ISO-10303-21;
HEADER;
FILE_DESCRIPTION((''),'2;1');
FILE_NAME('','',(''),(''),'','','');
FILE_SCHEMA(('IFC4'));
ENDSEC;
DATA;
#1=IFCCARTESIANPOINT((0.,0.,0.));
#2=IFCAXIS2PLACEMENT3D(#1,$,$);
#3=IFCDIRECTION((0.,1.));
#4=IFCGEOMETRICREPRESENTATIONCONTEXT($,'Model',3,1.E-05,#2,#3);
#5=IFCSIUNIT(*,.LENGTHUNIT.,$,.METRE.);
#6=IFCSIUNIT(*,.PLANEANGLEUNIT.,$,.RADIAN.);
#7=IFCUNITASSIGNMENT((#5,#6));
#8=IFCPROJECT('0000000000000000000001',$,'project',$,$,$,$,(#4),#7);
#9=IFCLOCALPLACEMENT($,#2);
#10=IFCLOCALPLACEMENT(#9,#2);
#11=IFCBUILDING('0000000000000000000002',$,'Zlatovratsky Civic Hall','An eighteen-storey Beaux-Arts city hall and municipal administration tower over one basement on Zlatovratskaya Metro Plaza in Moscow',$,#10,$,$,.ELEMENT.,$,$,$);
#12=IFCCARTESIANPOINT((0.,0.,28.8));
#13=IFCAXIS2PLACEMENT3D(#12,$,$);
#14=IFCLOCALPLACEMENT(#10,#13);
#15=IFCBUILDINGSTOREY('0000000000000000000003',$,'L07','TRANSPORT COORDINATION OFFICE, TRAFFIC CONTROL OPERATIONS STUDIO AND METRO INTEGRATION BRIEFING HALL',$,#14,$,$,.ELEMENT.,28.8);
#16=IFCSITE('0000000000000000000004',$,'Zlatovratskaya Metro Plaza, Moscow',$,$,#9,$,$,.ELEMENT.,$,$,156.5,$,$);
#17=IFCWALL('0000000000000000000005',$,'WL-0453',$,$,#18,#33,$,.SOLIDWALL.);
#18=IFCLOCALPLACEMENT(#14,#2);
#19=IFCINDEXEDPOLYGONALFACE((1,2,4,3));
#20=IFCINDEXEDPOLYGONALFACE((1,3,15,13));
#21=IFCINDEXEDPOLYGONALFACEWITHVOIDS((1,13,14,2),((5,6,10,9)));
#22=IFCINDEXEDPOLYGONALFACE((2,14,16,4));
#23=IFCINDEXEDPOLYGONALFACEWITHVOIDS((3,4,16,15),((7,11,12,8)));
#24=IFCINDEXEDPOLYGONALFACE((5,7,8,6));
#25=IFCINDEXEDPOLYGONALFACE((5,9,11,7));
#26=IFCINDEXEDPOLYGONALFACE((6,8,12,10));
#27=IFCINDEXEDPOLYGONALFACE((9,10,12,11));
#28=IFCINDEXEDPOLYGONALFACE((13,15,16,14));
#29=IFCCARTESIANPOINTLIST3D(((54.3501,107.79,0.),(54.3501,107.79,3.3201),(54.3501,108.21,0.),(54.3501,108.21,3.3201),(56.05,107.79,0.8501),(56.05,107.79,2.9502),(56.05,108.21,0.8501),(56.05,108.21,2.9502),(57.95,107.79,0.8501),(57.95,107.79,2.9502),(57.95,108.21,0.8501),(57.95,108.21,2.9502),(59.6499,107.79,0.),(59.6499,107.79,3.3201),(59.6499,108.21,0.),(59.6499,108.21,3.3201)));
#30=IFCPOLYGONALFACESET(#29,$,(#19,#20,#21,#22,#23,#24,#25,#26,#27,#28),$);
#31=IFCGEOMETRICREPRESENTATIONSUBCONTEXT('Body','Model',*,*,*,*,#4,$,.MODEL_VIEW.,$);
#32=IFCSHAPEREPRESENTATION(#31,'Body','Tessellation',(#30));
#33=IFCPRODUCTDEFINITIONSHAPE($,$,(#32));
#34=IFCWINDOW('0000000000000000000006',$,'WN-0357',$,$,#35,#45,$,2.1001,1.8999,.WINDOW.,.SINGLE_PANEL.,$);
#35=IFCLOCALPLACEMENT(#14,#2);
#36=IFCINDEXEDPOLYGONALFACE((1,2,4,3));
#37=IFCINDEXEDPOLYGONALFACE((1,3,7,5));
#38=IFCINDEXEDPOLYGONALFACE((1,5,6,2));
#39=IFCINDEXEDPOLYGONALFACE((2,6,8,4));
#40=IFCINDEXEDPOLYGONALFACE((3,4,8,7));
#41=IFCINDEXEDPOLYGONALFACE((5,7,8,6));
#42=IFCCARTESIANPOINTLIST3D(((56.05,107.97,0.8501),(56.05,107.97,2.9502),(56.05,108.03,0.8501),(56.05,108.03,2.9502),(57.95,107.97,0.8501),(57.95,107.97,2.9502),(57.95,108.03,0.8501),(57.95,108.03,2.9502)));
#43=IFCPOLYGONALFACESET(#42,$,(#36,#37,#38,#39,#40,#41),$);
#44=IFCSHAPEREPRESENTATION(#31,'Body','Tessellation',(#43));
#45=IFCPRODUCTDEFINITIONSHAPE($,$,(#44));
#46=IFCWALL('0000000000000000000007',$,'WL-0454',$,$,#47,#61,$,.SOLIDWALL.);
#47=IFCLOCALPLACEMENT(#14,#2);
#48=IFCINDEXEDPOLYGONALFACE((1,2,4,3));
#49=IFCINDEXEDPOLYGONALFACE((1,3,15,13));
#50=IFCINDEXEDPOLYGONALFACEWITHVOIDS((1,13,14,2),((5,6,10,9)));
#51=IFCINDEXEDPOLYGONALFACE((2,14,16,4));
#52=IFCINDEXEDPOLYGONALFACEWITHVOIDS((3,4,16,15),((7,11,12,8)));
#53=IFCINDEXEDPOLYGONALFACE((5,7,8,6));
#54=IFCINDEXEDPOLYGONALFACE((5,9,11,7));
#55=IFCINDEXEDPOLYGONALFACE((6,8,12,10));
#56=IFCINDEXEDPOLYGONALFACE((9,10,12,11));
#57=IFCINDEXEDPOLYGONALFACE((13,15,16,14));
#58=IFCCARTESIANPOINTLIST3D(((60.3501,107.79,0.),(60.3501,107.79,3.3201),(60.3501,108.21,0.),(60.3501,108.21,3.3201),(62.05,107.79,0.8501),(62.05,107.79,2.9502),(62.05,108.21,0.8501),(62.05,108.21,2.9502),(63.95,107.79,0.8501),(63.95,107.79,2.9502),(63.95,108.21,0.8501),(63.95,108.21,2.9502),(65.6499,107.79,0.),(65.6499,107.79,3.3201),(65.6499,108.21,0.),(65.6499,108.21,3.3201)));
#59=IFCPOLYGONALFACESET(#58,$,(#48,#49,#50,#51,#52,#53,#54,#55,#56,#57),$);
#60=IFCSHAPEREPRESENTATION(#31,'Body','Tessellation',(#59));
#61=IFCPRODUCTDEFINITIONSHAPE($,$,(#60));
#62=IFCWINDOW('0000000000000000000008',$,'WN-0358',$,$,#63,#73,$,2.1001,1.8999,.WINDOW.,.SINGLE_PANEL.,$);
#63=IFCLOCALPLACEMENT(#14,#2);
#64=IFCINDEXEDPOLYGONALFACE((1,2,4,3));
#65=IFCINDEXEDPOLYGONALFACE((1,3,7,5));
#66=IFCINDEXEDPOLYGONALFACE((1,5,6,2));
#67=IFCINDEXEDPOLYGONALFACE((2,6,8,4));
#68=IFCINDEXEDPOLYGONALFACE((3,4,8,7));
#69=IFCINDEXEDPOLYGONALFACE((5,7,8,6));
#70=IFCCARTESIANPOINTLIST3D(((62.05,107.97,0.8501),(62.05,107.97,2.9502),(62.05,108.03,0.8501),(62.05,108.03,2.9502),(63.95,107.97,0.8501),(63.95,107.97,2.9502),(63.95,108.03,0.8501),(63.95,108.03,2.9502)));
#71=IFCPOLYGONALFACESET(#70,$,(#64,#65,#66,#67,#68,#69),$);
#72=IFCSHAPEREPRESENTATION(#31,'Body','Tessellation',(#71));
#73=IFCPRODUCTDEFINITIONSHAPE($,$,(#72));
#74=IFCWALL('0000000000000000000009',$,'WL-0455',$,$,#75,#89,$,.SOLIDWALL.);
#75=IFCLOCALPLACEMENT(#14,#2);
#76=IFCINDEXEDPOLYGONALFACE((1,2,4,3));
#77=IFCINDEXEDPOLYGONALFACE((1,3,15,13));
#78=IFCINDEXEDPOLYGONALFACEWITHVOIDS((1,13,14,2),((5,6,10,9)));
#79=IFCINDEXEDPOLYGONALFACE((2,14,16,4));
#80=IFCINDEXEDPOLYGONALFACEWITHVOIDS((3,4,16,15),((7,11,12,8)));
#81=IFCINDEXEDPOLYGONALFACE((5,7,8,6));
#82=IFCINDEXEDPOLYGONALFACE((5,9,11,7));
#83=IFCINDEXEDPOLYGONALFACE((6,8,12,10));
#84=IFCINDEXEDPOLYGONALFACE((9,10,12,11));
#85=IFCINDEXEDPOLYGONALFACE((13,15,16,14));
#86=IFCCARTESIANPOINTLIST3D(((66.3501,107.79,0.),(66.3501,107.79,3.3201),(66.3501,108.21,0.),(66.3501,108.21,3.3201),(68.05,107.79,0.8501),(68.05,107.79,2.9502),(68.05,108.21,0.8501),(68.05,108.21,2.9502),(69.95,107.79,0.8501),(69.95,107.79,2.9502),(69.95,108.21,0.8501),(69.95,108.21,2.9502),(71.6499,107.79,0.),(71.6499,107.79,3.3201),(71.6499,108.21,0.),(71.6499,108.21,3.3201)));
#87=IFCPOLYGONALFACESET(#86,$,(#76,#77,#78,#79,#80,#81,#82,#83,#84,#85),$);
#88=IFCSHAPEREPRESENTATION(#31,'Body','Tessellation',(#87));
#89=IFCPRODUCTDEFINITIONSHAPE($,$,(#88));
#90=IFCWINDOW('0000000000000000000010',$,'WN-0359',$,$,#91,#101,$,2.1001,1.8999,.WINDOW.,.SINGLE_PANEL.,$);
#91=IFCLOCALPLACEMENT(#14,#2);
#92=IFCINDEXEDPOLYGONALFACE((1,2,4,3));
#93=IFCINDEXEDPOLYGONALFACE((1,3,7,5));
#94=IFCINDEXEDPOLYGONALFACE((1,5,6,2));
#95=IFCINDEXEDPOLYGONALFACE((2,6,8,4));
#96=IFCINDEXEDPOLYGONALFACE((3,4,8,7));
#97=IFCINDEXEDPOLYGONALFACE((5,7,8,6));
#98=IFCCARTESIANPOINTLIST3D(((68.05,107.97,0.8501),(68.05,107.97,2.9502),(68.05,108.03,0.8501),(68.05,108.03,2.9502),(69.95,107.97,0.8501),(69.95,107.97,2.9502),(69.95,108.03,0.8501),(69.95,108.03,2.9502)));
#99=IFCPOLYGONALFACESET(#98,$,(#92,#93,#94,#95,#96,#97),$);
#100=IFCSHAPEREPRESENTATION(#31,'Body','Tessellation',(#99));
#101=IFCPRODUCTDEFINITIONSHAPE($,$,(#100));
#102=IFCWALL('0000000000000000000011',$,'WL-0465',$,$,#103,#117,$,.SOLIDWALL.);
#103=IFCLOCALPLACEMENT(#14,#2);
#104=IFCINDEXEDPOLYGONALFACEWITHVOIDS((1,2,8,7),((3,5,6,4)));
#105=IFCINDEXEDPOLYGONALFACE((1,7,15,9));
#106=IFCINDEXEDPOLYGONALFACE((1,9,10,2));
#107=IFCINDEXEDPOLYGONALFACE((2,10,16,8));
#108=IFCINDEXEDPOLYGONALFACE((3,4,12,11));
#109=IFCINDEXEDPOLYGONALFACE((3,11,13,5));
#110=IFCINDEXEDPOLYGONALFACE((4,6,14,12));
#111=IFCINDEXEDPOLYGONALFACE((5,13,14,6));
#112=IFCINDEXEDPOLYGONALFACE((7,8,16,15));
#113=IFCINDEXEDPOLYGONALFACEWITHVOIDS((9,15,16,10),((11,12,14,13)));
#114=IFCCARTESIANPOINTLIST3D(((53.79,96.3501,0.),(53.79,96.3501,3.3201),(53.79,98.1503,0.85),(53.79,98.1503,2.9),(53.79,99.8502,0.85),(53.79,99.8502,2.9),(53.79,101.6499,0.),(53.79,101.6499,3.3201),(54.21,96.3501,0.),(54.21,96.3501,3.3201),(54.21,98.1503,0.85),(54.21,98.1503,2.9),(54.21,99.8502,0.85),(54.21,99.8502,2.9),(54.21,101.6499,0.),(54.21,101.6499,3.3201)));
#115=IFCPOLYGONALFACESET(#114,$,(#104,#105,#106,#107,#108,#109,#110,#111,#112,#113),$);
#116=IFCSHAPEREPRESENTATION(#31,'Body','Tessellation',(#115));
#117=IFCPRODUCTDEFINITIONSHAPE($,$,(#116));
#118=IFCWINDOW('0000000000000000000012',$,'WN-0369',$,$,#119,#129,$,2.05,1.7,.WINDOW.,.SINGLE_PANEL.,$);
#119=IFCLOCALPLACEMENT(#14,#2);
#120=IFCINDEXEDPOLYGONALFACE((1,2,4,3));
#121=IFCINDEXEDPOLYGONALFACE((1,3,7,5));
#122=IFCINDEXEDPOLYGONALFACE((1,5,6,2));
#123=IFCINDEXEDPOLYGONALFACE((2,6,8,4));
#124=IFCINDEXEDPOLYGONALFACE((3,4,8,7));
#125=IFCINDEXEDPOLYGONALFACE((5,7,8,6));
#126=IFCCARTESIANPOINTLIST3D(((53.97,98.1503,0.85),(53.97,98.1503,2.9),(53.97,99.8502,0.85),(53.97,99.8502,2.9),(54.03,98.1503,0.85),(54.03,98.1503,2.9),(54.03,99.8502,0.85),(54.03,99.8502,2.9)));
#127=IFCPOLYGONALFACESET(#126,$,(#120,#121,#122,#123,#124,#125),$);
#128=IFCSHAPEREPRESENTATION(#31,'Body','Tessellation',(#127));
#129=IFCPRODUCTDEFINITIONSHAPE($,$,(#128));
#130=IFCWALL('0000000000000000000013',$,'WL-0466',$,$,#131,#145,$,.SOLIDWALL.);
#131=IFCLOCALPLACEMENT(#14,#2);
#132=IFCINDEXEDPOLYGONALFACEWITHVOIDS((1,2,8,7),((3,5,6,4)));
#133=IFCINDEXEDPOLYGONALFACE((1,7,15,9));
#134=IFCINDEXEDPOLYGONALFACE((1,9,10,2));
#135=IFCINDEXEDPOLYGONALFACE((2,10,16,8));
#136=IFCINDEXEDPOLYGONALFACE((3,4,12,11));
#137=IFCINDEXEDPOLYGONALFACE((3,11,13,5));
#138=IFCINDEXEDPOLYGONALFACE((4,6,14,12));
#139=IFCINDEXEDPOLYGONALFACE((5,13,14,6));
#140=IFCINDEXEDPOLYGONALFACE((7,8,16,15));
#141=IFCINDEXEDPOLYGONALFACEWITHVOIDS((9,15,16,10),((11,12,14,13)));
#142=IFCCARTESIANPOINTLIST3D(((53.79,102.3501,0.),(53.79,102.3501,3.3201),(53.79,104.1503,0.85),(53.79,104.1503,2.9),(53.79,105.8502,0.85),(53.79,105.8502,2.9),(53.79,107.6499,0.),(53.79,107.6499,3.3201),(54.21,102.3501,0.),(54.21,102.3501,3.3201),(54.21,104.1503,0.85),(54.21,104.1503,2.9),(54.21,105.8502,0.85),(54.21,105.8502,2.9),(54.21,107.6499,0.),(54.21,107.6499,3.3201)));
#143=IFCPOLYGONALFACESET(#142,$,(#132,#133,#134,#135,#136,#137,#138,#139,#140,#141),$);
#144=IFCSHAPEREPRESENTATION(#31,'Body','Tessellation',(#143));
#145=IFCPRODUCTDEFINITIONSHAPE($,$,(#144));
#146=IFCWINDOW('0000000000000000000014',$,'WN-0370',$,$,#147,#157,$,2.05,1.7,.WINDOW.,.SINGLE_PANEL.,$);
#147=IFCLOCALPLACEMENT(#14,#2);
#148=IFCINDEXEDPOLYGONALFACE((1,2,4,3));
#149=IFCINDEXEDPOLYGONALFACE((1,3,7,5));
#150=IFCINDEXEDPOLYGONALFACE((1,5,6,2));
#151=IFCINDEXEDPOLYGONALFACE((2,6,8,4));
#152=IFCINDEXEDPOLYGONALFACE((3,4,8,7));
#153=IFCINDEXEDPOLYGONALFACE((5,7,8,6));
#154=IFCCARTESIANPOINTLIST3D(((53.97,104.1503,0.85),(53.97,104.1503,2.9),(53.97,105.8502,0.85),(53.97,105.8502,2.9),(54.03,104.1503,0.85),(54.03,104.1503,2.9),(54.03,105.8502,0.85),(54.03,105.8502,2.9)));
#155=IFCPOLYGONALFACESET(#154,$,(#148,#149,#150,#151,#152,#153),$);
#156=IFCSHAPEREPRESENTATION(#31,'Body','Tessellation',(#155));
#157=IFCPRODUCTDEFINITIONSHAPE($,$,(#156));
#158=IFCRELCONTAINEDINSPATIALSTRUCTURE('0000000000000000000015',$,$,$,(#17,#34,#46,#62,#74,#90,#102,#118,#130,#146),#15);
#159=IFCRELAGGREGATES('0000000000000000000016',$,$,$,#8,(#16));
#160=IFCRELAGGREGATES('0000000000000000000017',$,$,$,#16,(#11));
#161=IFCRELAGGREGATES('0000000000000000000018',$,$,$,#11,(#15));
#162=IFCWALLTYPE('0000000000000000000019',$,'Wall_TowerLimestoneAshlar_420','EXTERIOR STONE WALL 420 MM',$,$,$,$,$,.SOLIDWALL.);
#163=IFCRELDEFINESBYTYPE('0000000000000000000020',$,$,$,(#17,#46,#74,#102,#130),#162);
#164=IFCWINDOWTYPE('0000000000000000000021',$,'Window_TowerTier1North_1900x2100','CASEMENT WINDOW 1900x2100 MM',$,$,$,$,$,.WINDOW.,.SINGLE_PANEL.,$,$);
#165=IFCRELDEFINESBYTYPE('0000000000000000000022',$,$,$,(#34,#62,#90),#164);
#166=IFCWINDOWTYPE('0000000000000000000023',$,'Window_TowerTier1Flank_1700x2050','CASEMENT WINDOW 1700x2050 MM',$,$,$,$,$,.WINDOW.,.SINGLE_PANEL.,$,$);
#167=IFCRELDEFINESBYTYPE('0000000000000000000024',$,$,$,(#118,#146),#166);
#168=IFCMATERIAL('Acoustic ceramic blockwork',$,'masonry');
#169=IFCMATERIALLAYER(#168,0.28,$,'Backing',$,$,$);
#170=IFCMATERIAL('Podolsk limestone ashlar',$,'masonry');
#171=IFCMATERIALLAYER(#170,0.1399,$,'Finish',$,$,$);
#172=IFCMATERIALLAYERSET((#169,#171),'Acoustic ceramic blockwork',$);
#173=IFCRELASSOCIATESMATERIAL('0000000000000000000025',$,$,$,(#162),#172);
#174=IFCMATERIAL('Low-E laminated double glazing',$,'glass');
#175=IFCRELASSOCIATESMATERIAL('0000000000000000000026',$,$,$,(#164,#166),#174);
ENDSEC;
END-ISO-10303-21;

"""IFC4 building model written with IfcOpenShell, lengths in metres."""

from ifc_helpers import new_model, si_unit, direction, frame, frame_2d, origin, place, context, subcontext, project, spatial, rectangle, extrude, material, layer, layer_set, type_object, element, fill, save


model = new_model("IFC4")

# Units and contexts
model_context = context("Model", 3, precision=1e-05, world=origin(), true_north=direction((0.0, 1.0)))
body_context = subcontext(model_context, "Body", "Model", "MODEL_VIEW")
ifc_project = project(units=[si_unit("LENGTHUNIT", "METRE"), si_unit("PLANEANGLEUNIT", "RADIAN")], contexts=[model_context])

# Site, building, storey
site_placement = place(None, origin())
site = spatial("IfcSite", under=ifc_project, at=site_placement, Name="Zlatovratskaya Metro Plaza, Moscow", CompositionType="ELEMENT", RefElevation=156.5)
building_placement = place(site_placement, origin())
building = spatial("IfcBuilding", under=site, at=building_placement, Name="Zlatovratsky Civic Hall", Description="An eighteen-storey Beaux-Arts city hall and municipal administration tower over one basement on Zlatovratskaya Metro Plaza in Moscow", CompositionType="ELEMENT")
storey_placement = place(building_placement, frame((0.0, 0.0, 28.8)))
storey = spatial("IfcBuildingStorey", under=building, at=storey_placement, Name="L07", Description="TRANSPORT COORDINATION OFFICE, TRAFFIC CONTROL OPERATIONS STUDIO AND METRO INTEGRATION BRIEFING HALL", CompositionType="ELEMENT", Elevation=28.8)

# Walls, openings, windows
ifc_material_1 = material(Name="Acoustic ceramic blockwork", Category="masonry")
ifc_layer_1 = layer(ifc_material_1, 0.28, Name="Backing")
ifc_material_2 = material(Name="Podolsk limestone ashlar", Category="masonry")
ifc_layer_2 = layer(ifc_material_2, 0.1399, Name="Finish")
ifc_layer_set_1 = layer_set([ifc_layer_1, ifc_layer_2], Name="Acoustic ceramic blockwork")
wall_type_1 = type_object("IfcWallType", Name="Wall_TowerLimestoneAshlar_420", Description="EXTERIOR STONE WALL 420 MM", PredefinedType="SOLIDWALL", material=ifc_layer_set_1)
wall_1_placement = place(storey_placement, frame((54.3501, 108.0, 0.0), z_axis=(0.0, 0.0, 1.0), x_axis=(1.0, 0.0, 0.0)))
wall_1 = element("IfcWall", 1, at=wall_1_placement, inside=storey, type_object=wall_type_1, Name="WL-0453", PredefinedType="SOLIDWALL", context=body_context, shape_type="SweptSolid", body=[
    extrude(rectangle(XDim=5.2998, YDim=0.4199, at=frame_2d((2.6499, 0.0))), origin(), (0.0, 0.0, 1.0), 3.3201),
])
opening_1_placement = place(wall_1_placement, frame((1.7, 0.0, 0.8501)))
opening_1 = element("IfcOpeningElement", 2, at=opening_1_placement, cuts=wall_1, PredefinedType="OPENING", context=body_context, shape_type="SweptSolid", body=[
    extrude(rectangle(XDim=1.8999, YDim=2.1001, at=frame_2d((0.95, 1.05))), frame((0.0, 0.2249, 0.0), z_axis=(0.0, -1.0, 0.0), x_axis=(1.0, 0.0, 0.0)), (0.0, 0.0, 1.0), 0.4497),
])
ifc_material_3 = material(Name="Low-E laminated double glazing", Category="glass")
window_type_1 = type_object("IfcWindowType", Name="Window_TowerTier1North_1900x2100", Description="CASEMENT WINDOW 1900x2100 MM", PartitioningType="SINGLE_PANEL", PredefinedType="WINDOW", material=ifc_material_3)
window_1_placement = place(opening_1_placement, origin())
window_1 = element("IfcWindow", 3, at=window_1_placement, inside=storey, type_object=window_type_1, Name="WN-0357", OverallHeight=2.1001, OverallWidth=1.8999, PartitioningType="SINGLE_PANEL", PredefinedType="WINDOW", context=body_context, shape_type="SweptSolid", body=[
    extrude(rectangle(XDim=1.8999, YDim=2.1001, at=frame_2d((0.95, 1.05))), frame((0.0, 0.03, 0.0), z_axis=(0.0, -1.0, 0.0), x_axis=(1.0, 0.0, 0.0)), (0.0, 0.0, 1.0), 0.0601),
])
fill(opening_1, window_1)
wall_2_placement = place(storey_placement, frame((60.3501, 108.0, 0.0), z_axis=(0.0, 0.0, 1.0), x_axis=(1.0, 0.0, 0.0)))
wall_2 = element("IfcWall", 4, at=wall_2_placement, inside=storey, type_object=wall_type_1, Name="WL-0454", PredefinedType="SOLIDWALL", context=body_context, shape_type="SweptSolid", body=[
    extrude(rectangle(XDim=5.2998, YDim=0.4199, at=frame_2d((2.6499, 0.0))), origin(), (0.0, 0.0, 1.0), 3.3201),
])
opening_2_placement = place(wall_2_placement, frame((1.7, 0.0, 0.8501)))
opening_2 = element("IfcOpeningElement", 5, at=opening_2_placement, cuts=wall_2, PredefinedType="OPENING", context=body_context, shape_type="SweptSolid", body=[
    extrude(rectangle(XDim=1.8999, YDim=2.1001, at=frame_2d((0.95, 1.05))), frame((0.0, 0.2249, 0.0), z_axis=(0.0, -1.0, 0.0), x_axis=(1.0, 0.0, 0.0)), (0.0, 0.0, 1.0), 0.4497),
])
window_2_placement = place(opening_2_placement, origin())
window_2 = element("IfcWindow", 6, at=window_2_placement, inside=storey, type_object=window_type_1, Name="WN-0358", OverallHeight=2.1001, OverallWidth=1.8999, PartitioningType="SINGLE_PANEL", PredefinedType="WINDOW", context=body_context, shape_type="SweptSolid", body=[
    extrude(rectangle(XDim=1.8999, YDim=2.1001, at=frame_2d((0.95, 1.05))), frame((0.0, 0.03, 0.0), z_axis=(0.0, -1.0, 0.0), x_axis=(1.0, 0.0, 0.0)), (0.0, 0.0, 1.0), 0.0601),
])
fill(opening_2, window_2)
wall_3_placement = place(storey_placement, frame((66.3501, 108.0, 0.0), z_axis=(0.0, 0.0, 1.0), x_axis=(1.0, 0.0, 0.0)))
wall_3 = element("IfcWall", 7, at=wall_3_placement, inside=storey, type_object=wall_type_1, Name="WL-0455", PredefinedType="SOLIDWALL", context=body_context, shape_type="SweptSolid", body=[
    extrude(rectangle(XDim=5.2998, YDim=0.4199, at=frame_2d((2.6499, 0.0))), origin(), (0.0, 0.0, 1.0), 3.3201),
])
opening_3_placement = place(wall_3_placement, frame((1.7, 0.0, 0.8501)))
opening_3 = element("IfcOpeningElement", 8, at=opening_3_placement, cuts=wall_3, PredefinedType="OPENING", context=body_context, shape_type="SweptSolid", body=[
    extrude(rectangle(XDim=1.8999, YDim=2.1001, at=frame_2d((0.95, 1.05))), frame((0.0, 0.2249, 0.0), z_axis=(0.0, -1.0, 0.0), x_axis=(1.0, 0.0, 0.0)), (0.0, 0.0, 1.0), 0.4497),
])
window_3_placement = place(opening_3_placement, origin())
window_3 = element("IfcWindow", 9, at=window_3_placement, inside=storey, type_object=window_type_1, Name="WN-0359", OverallHeight=2.1001, OverallWidth=1.8999, PartitioningType="SINGLE_PANEL", PredefinedType="WINDOW", context=body_context, shape_type="SweptSolid", body=[
    extrude(rectangle(XDim=1.8999, YDim=2.1001, at=frame_2d((0.95, 1.05))), frame((0.0, 0.03, 0.0), z_axis=(0.0, -1.0, 0.0), x_axis=(1.0, 0.0, 0.0)), (0.0, 0.0, 1.0), 0.0601),
])
fill(opening_3, window_3)
wall_4_placement = place(storey_placement, frame((54.0, 96.3501, 0.0), z_axis=(0.0, 0.0, 1.0), x_axis=(0.0, 1.0, 0.0)))
wall_4 = element("IfcWall", 10, at=wall_4_placement, inside=storey, type_object=wall_type_1, Name="WL-0465", PredefinedType="SOLIDWALL", context=body_context, shape_type="SweptSolid", body=[
    extrude(rectangle(XDim=5.2998, YDim=0.4199, at=frame_2d((2.6499, 0.0))), origin(), (0.0, 0.0, 1.0), 3.3201),
])
opening_4_placement = place(wall_4_placement, frame((1.8, 0.0, 0.8501)))
opening_4 = element("IfcOpeningElement", 11, at=opening_4_placement, cuts=wall_4, PredefinedType="OPENING", context=body_context, shape_type="SweptSolid", body=[
    extrude(rectangle(XDim=1.7, YDim=2.05, at=frame_2d((0.8501, 1.0249))), frame((0.0, 0.2249, 0.0), z_axis=(0.0, -1.0, 0.0), x_axis=(1.0, 0.0, 0.0)), (0.0, 0.0, 1.0), 0.4497),
])
window_type_2 = type_object("IfcWindowType", Name="Window_TowerTier1Flank_1700x2050", Description="CASEMENT WINDOW 1700x2050 MM", PartitioningType="SINGLE_PANEL", PredefinedType="WINDOW", material=ifc_material_3)
window_4_placement = place(opening_4_placement, origin())
window_4 = element("IfcWindow", 12, at=window_4_placement, inside=storey, type_object=window_type_2, Name="WN-0369", OverallHeight=2.05, OverallWidth=1.7, PartitioningType="SINGLE_PANEL", PredefinedType="WINDOW", context=body_context, shape_type="SweptSolid", body=[
    extrude(rectangle(XDim=1.7, YDim=2.05, at=frame_2d((0.8501, 1.0249))), frame((0.0, 0.03, 0.0), z_axis=(0.0, -1.0, 0.0), x_axis=(1.0, 0.0, 0.0)), (0.0, 0.0, 1.0), 0.0601),
])
fill(opening_4, window_4)
wall_5_placement = place(storey_placement, frame((54.0, 102.3501, 0.0), z_axis=(0.0, 0.0, 1.0), x_axis=(0.0, 1.0, 0.0)))
wall_5 = element("IfcWall", 13, at=wall_5_placement, inside=storey, type_object=wall_type_1, Name="WL-0466", PredefinedType="SOLIDWALL", context=body_context, shape_type="SweptSolid", body=[
    extrude(rectangle(XDim=5.2998, YDim=0.4199, at=frame_2d((2.6499, 0.0))), origin(), (0.0, 0.0, 1.0), 3.3201),
])
opening_5_placement = place(wall_5_placement, frame((1.8, 0.0, 0.8501)))
opening_5 = element("IfcOpeningElement", 14, at=opening_5_placement, cuts=wall_5, PredefinedType="OPENING", context=body_context, shape_type="SweptSolid", body=[
    extrude(rectangle(XDim=1.7, YDim=2.05, at=frame_2d((0.8501, 1.0249))), frame((0.0, 0.2249, 0.0), z_axis=(0.0, -1.0, 0.0), x_axis=(1.0, 0.0, 0.0)), (0.0, 0.0, 1.0), 0.4497),
])
window_5_placement = place(opening_5_placement, origin())
window_5 = element("IfcWindow", 15, at=window_5_placement, inside=storey, type_object=window_type_2, Name="WN-0370", OverallHeight=2.05, OverallWidth=1.7, PartitioningType="SINGLE_PANEL", PredefinedType="WINDOW", context=body_context, shape_type="SweptSolid", body=[
    extrude(rectangle(XDim=1.7, YDim=2.05, at=frame_2d((0.8501, 1.0249))), frame((0.0, 0.03, 0.0), z_axis=(0.0, -1.0, 0.0), x_axis=(1.0, 0.0, 0.0)), (0.0, 0.0, 1.0), 0.0601),
])
fill(opening_5, window_5)

save(model, "model.ifc")
